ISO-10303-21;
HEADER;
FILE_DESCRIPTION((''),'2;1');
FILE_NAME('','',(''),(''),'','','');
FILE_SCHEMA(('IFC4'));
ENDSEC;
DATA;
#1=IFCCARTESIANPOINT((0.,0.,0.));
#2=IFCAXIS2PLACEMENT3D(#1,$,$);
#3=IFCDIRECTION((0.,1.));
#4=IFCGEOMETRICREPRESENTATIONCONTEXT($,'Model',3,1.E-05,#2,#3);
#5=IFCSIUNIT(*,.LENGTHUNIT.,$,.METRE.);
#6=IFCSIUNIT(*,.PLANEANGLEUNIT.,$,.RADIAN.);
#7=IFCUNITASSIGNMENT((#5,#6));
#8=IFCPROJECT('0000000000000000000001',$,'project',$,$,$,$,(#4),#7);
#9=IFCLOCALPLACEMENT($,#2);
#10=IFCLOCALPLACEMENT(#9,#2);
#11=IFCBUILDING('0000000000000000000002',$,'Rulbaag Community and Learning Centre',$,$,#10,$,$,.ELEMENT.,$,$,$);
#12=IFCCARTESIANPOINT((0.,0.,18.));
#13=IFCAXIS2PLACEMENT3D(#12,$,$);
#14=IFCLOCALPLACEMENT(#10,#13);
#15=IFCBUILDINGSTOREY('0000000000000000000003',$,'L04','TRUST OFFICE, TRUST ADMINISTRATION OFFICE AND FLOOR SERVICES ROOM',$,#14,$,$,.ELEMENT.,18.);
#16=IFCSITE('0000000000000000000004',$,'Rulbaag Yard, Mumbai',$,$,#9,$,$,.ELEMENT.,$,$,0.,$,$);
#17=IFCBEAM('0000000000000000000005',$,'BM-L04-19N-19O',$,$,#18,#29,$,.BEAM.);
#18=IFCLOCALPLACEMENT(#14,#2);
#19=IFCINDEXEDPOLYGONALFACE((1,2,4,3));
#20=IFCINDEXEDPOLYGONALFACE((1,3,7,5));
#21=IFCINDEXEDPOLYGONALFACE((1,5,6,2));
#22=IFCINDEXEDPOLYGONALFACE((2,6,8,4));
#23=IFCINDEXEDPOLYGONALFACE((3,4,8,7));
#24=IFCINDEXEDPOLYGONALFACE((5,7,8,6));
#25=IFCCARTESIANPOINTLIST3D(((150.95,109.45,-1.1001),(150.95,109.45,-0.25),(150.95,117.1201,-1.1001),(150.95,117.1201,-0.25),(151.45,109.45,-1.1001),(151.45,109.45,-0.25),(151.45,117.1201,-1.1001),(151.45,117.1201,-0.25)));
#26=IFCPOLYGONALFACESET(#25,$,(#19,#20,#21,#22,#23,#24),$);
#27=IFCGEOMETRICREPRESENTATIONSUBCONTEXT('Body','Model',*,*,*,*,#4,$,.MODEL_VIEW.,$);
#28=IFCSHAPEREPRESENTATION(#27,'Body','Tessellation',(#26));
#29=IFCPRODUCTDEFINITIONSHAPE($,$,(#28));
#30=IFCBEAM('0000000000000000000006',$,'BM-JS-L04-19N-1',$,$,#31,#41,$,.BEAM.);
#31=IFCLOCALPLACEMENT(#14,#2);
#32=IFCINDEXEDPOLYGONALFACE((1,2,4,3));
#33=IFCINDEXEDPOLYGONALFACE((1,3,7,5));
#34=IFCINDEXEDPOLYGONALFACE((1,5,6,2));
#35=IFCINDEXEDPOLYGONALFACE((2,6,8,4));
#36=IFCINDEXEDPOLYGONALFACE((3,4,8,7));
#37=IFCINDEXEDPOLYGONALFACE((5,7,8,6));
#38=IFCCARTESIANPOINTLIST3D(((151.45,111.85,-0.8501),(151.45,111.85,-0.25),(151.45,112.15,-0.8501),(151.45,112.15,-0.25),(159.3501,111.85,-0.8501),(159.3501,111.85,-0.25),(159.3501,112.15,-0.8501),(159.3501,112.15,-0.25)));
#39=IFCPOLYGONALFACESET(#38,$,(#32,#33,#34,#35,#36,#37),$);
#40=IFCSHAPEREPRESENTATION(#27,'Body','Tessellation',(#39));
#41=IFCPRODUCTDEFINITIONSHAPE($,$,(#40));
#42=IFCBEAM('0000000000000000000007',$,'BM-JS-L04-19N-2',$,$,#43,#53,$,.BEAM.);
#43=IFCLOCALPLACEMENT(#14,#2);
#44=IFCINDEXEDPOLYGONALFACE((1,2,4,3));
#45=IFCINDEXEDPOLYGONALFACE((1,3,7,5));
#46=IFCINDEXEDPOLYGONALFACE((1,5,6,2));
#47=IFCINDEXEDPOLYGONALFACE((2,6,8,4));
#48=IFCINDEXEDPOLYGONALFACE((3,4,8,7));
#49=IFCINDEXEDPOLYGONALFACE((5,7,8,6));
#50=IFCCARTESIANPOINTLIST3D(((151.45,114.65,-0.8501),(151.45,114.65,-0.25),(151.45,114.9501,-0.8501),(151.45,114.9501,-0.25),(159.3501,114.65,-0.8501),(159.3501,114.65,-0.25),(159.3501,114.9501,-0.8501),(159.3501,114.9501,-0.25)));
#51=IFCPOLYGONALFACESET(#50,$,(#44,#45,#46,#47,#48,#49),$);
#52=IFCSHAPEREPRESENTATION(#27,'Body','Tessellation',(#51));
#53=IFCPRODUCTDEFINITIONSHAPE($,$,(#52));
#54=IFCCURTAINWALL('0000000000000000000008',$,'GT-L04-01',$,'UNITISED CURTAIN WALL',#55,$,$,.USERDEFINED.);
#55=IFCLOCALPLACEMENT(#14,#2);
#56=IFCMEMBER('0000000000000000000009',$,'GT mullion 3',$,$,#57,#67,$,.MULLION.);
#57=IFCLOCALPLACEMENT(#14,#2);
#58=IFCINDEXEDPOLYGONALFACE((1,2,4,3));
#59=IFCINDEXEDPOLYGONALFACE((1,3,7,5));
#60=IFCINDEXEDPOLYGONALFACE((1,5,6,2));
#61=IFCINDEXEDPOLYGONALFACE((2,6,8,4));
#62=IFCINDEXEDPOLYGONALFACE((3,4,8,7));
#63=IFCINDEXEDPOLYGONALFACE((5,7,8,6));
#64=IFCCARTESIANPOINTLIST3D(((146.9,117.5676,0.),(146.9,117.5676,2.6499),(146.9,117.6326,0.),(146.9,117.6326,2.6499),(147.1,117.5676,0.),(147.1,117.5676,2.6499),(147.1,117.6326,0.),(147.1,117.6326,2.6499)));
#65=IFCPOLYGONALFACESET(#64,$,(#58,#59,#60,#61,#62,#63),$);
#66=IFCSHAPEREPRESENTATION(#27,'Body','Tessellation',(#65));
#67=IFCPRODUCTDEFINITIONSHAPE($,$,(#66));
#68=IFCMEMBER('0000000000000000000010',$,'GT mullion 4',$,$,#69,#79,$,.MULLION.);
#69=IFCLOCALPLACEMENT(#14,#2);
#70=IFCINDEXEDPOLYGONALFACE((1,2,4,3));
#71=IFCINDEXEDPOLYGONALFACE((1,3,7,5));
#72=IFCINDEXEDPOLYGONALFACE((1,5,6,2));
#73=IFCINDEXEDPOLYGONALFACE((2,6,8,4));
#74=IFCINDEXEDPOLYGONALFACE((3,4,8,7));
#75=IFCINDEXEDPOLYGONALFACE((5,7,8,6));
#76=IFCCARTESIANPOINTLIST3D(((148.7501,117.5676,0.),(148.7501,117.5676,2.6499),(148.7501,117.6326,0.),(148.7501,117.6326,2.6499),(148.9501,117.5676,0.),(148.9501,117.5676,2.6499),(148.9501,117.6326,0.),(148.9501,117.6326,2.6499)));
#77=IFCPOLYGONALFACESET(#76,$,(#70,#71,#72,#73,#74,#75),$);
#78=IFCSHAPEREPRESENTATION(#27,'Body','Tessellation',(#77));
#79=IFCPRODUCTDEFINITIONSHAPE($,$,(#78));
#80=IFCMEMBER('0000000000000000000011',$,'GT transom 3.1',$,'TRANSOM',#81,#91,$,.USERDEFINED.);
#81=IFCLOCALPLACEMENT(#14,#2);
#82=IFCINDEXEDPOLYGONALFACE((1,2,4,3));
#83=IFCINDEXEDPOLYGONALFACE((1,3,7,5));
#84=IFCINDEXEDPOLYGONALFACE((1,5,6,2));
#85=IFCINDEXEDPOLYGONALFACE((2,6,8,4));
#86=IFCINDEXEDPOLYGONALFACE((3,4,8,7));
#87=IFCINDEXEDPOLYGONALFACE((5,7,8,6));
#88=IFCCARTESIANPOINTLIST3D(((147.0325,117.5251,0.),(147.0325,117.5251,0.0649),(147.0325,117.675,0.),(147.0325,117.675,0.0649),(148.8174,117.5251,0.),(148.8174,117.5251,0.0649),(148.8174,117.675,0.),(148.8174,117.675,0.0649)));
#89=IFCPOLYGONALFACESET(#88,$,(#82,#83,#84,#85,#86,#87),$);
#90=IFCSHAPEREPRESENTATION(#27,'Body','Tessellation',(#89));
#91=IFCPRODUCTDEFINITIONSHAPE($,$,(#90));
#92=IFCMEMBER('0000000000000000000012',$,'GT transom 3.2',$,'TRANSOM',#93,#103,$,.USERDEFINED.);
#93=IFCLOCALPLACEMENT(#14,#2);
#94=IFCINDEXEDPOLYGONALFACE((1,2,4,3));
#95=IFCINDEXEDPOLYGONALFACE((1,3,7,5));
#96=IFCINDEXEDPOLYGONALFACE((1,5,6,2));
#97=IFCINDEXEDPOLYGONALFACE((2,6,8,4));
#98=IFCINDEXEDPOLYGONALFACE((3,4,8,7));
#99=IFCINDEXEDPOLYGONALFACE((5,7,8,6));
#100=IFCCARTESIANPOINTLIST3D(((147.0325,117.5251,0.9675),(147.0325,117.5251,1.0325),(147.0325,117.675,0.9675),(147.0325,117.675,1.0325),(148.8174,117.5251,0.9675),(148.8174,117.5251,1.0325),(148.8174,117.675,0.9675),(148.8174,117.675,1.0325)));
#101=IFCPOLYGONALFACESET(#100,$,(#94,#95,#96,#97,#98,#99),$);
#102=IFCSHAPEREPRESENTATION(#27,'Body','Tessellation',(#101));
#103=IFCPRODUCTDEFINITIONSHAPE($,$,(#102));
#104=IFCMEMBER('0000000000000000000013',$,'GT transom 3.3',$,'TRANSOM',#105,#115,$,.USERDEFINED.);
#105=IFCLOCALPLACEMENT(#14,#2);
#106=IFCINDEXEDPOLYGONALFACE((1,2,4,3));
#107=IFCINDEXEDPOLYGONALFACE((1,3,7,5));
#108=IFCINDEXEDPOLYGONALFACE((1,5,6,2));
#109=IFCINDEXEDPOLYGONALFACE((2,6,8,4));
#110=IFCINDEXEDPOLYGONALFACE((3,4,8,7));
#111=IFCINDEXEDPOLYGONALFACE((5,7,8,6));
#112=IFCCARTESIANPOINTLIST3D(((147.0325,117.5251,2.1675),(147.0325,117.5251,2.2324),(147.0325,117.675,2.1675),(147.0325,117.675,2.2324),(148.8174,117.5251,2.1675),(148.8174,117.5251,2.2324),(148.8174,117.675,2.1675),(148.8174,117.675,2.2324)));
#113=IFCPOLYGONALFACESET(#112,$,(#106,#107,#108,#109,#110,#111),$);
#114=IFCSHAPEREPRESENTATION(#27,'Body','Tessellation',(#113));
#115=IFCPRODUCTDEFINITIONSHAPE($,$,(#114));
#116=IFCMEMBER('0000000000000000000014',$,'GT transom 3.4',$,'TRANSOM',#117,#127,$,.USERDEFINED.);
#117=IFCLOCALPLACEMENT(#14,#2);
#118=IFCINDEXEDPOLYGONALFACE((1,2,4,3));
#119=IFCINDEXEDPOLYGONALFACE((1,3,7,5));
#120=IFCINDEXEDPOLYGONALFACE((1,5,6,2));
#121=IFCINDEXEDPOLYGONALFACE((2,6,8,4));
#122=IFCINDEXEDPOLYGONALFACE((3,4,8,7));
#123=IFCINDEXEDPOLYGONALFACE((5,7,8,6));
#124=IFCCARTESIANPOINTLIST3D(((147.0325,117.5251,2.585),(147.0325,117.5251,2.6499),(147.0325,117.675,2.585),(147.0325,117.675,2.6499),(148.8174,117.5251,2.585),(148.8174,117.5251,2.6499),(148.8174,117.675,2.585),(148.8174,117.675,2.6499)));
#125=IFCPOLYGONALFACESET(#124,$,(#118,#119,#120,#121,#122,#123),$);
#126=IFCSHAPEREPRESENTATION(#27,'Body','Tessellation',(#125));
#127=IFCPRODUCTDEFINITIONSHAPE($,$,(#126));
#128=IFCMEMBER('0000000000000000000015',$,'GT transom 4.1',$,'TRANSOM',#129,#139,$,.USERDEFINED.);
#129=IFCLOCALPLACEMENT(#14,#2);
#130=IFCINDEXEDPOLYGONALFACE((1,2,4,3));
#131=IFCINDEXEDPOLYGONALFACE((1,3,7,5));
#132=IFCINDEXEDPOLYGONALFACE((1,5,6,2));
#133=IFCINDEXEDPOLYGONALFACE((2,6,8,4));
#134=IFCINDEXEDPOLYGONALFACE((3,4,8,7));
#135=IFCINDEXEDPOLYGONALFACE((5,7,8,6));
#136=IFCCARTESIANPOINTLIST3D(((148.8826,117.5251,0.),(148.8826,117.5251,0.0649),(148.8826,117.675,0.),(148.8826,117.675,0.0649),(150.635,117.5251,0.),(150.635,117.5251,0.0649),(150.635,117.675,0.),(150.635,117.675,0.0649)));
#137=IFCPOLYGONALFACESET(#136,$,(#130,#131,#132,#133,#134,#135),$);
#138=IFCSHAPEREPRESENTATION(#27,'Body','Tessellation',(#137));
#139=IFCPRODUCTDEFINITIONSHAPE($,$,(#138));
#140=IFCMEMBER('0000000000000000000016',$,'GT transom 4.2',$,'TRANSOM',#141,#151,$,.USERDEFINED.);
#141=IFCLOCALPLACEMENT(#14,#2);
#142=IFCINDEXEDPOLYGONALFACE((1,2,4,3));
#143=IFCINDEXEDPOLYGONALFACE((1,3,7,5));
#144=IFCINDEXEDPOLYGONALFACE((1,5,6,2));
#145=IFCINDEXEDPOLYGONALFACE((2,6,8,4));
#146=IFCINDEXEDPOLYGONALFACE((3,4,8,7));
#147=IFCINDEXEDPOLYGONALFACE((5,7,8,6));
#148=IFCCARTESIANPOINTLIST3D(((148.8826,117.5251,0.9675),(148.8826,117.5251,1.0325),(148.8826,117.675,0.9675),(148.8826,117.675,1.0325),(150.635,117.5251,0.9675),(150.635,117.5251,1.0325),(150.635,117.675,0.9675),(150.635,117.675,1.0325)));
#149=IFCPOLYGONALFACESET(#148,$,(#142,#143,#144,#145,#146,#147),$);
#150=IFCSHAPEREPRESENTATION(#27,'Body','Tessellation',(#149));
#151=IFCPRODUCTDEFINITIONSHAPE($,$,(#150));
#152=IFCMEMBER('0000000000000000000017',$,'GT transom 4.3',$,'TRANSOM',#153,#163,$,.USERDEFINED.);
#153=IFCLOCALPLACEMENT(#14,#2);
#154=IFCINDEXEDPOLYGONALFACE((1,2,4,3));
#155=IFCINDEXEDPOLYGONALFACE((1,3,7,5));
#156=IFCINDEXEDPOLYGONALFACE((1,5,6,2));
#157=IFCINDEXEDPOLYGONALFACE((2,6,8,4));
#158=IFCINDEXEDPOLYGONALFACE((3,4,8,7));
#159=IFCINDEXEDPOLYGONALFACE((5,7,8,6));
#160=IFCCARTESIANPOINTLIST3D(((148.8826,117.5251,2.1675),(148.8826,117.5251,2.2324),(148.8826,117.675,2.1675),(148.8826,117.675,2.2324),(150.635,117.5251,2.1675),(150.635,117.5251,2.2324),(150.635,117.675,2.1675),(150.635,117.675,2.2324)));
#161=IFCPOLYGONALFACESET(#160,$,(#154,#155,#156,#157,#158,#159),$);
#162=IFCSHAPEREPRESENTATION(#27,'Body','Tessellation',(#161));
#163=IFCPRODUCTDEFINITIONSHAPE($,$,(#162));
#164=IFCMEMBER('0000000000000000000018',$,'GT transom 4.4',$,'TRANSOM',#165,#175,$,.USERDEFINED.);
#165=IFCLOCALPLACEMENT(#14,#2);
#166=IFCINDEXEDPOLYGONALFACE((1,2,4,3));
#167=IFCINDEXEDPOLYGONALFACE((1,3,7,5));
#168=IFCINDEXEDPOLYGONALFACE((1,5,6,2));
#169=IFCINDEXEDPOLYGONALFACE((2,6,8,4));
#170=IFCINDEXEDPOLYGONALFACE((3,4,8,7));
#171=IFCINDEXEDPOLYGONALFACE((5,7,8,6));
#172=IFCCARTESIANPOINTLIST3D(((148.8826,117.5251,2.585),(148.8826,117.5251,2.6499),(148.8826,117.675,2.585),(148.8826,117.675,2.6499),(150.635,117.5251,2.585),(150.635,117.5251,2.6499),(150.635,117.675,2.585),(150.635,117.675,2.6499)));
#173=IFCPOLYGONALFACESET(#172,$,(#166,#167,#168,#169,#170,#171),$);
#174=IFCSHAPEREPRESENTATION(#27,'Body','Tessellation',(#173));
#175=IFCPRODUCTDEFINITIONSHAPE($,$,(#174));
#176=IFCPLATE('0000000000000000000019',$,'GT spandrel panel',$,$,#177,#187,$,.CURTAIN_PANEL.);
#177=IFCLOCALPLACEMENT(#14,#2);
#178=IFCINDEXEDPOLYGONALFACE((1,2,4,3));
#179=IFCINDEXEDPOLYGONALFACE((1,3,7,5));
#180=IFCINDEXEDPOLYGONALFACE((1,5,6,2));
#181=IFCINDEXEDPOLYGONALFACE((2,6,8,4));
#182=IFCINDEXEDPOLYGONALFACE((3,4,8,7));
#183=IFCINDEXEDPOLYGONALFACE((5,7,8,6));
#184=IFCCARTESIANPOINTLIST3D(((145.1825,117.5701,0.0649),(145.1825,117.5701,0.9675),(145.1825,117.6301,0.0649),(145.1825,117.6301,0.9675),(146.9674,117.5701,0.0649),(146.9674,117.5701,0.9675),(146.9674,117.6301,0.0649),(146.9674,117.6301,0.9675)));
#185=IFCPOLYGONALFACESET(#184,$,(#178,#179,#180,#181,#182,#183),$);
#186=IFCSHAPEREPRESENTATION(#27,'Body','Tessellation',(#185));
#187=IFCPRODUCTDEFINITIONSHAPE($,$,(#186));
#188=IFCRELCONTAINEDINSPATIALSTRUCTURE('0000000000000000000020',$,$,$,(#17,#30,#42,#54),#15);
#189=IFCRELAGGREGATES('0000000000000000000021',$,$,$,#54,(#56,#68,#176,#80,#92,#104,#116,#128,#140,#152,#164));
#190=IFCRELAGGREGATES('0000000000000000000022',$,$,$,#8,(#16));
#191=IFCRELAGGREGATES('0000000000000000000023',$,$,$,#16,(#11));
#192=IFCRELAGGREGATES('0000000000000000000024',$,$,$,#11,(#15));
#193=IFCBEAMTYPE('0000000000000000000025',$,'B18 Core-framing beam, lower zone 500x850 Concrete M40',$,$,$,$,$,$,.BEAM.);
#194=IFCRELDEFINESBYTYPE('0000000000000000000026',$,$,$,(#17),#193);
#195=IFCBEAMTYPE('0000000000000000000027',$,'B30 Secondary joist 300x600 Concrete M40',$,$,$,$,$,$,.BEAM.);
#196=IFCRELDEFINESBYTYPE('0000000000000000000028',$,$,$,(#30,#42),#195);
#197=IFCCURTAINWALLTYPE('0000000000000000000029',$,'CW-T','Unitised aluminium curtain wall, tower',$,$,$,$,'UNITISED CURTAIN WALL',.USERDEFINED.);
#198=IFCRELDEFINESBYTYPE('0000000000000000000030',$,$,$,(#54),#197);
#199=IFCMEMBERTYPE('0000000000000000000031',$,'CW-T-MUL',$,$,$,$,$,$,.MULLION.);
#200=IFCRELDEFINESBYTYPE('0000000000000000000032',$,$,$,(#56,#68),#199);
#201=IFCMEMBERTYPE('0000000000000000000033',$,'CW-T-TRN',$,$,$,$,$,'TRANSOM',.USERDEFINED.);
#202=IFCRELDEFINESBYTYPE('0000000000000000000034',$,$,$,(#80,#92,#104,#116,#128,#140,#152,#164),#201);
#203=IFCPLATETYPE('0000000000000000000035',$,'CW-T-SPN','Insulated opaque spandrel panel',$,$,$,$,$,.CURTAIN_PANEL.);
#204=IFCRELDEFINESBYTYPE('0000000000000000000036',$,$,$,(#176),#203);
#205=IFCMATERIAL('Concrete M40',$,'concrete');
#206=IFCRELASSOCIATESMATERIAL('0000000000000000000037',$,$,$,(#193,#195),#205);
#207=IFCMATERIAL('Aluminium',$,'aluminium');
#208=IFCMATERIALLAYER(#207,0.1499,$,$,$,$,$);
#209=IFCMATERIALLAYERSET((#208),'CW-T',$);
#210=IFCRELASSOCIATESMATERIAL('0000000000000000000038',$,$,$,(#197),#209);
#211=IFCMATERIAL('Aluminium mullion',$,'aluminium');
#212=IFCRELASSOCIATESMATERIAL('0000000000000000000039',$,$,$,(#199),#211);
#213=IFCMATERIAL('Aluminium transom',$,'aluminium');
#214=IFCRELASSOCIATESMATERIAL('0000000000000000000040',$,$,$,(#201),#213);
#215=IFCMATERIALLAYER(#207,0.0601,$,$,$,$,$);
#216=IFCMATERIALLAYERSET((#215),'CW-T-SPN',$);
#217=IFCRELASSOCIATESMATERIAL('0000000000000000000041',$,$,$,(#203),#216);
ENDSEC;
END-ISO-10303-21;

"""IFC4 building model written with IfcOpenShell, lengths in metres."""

from ifc_helpers import new_model, si_unit, direction, frame, origin, origin_2d, place, context, subcontext, project, spatial, rectangle, extrude, material, layer, layer_set, material_profile, profile_set, type_object, element, aggregate, save


model = new_model("IFC4")

# Units and contexts
model_context = context("Model", 3, precision=1e-05, world=origin(), true_north=direction((0.0, 1.0)))
body_context = subcontext(model_context, "Body", "Model", "MODEL_VIEW")
ifc_project = project(units=[si_unit("LENGTHUNIT", "METRE"), si_unit("PLANEANGLEUNIT", "RADIAN")], contexts=[model_context])

# Site, building, storey
site_placement = place(None, origin())
site = spatial("IfcSite", under=ifc_project, at=site_placement, Name="Rulbaag Yard, Mumbai", CompositionType="ELEMENT", RefElevation=0.0)
building_placement = place(site_placement, origin())
building = spatial("IfcBuilding", under=site, at=building_placement, Name="Rulbaag Community and Learning Centre", CompositionType="ELEMENT")
storey_placement = place(building_placement, frame((0.0, 0.0, 18.0)))
storey = spatial("IfcBuildingStorey", under=building, at=storey_placement, Name="L04", Description="TRUST OFFICE, TRUST ADMINISTRATION OFFICE AND FLOOR SERVICES ROOM", CompositionType="ELEMENT", Elevation=18.0)

# Beams
ifc_material_1 = material(Name="Concrete M40", Category="concrete")
ifc_material_profile_1 = material_profile(ifc_material_1, rectangle(XDim=0.5, YDim=0.8501, at=origin_2d()), Name="RB500x850")
ifc_profile_set_1 = profile_set([ifc_material_profile_1], Name="Concrete M40")
beam_type_1 = type_object("IfcBeamType", Name="B18 Core-framing beam, lower zone 500x850 Concrete M40", PredefinedType="BEAM", material=ifc_profile_set_1)
beam_placement = place(storey_placement, frame((151.2, 109.45, -0.675), z_axis=(0.0, 1.0, 0.0), x_axis=(-1.0, 0.0, 0.0)))
element("IfcBeam", 1, at=beam_placement, inside=storey, type_object=beam_type_1, Name="BM-L04-19N-19O", PredefinedType="BEAM", context=body_context, shape_type="SweptSolid", body=[
    extrude(rectangle(XDim=0.5, YDim=0.8501, at=origin_2d()), origin(), (0.0, 0.0, 1.0), 7.6702),
])
ifc_material_profile_2 = material_profile(ifc_material_1, rectangle(XDim=0.3, YDim=0.6001, at=origin_2d()), Name="RB300x600")
ifc_profile_set_2 = profile_set([ifc_material_profile_2], Name="Concrete M40")
beam_type_2 = type_object("IfcBeamType", Name="B30 Secondary joist 300x600 Concrete M40", PredefinedType="BEAM", material=ifc_profile_set_2)
for number, where, z_axis, x_axis, name in (
    (2, (151.45, 112.0, -0.55), (1.0, 0.0, 0.0), (0.0, 1.0, 0.0), "BM-JS-L04-19N-1"),
    (3, (151.45, 114.8, -0.55), (1.0, 0.0, 0.0), (0.0, 1.0, 0.0), "BM-JS-L04-19N-2"),
):
    element("IfcBeam", number, at=place(storey_placement, frame(where, z_axis=z_axis, x_axis=x_axis)), inside=storey, type_object=beam_type_2, Name=name, PredefinedType="BEAM", context=body_context, shape_type="SweptSolid", body=[
        extrude(rectangle(XDim=0.3, YDim=0.6001, at=origin_2d()), origin(), (0.0, 0.0, 1.0), 7.9001),
    ])

# Curtain wall, members, plate
ifc_material_2 = material(Name="Aluminium", Category="aluminium")
ifc_layer_1 = layer(ifc_material_2, 0.1499)
ifc_layer_set_1 = layer_set([ifc_layer_1], Name="CW-T")
curtain_wall_type = type_object("IfcCurtainWallType", Name="CW-T", Description="Unitised aluminium curtain wall, tower", ElementType="UNITISED CURTAIN WALL", PredefinedType="USERDEFINED", material=ifc_layer_set_1)
curtain_wall_placement = place(storey_placement, origin())
curtain_wall = element("IfcCurtainWall", 4, at=curtain_wall_placement, inside=storey, type_object=curtain_wall_type, Name="GT-L04-01", ObjectType="UNITISED CURTAIN WALL", PredefinedType="USERDEFINED")
ifc_material_3 = material(Name="Aluminium mullion", Category="aluminium")
ifc_material_profile_3 = material_profile(ifc_material_3, rectangle(XDim=0.0649, YDim=0.2, at=origin_2d()), Name="AL 65x200")
ifc_profile_set_3 = profile_set([ifc_material_profile_3], Name="Aluminium mullion")
member_type_1 = type_object("IfcMemberType", Name="CW-T-MUL", PredefinedType="MULLION", material=ifc_profile_set_3)
member_1_placement = place(storey_placement, frame((147.0, 117.6001, 0.0), z_axis=(0.0, 0.0, 1.0), x_axis=(0.0, 1.0, 0.0)))
member_1 = element("IfcMember", 5, at=member_1_placement, type_object=member_type_1, Name="GT mullion 3", PredefinedType="MULLION", context=body_context, shape_type="SweptSolid", body=[
    extrude(rectangle(XDim=0.0649, YDim=0.2, at=origin_2d()), origin(), (0.0, 0.0, 1.0), 2.6499),
])
member_2_placement = place(storey_placement, frame((148.8501, 117.6001, 0.0), z_axis=(0.0, 0.0, 1.0), x_axis=(0.0, 1.0, 0.0)))
member_2 = element("IfcMember", 6, at=member_2_placement, type_object=member_type_1, Name="GT mullion 4", PredefinedType="MULLION", context=body_context, shape_type="SweptSolid", body=[
    extrude(rectangle(XDim=0.0649, YDim=0.2, at=origin_2d()), origin(), (0.0, 0.0, 1.0), 2.6499),
])
ifc_material_4 = material(Name="Aluminium transom", Category="aluminium")
ifc_material_profile_4 = material_profile(ifc_material_4, rectangle(XDim=0.1499, YDim=0.0649, at=origin_2d()), Name="AL 65x150 T")
ifc_profile_set_4 = profile_set([ifc_material_profile_4], Name="Aluminium transom")
member_type_2 = type_object("IfcMemberType", Name="CW-T-TRN", ElementType="TRANSOM", PredefinedType="USERDEFINED", material=ifc_profile_set_4)
member_3_placement = place(storey_placement, frame((147.0325, 117.6001, 0.0325), z_axis=(1.0, 0.0, 0.0), x_axis=(0.0, 1.0, 0.0)))
member_3 = element("IfcMember", 7, at=member_3_placement, type_object=member_type_2, Name="GT transom 3.1", ObjectType="TRANSOM", PredefinedType="USERDEFINED", context=body_context, shape_type="SweptSolid", body=[
    extrude(rectangle(XDim=0.1499, YDim=0.0649, at=origin_2d()), origin(), (0.0, 0.0, 1.0), 1.7849),
])
member_4_placement = place(storey_placement, frame((147.0325, 117.6001, 1.0), z_axis=(1.0, 0.0, 0.0), x_axis=(0.0, 1.0, 0.0)))
member_4 = element("IfcMember", 8, at=member_4_placement, type_object=member_type_2, Name="GT transom 3.2", ObjectType="TRANSOM", PredefinedType="USERDEFINED", context=body_context, shape_type="SweptSolid", body=[
    extrude(rectangle(XDim=0.1499, YDim=0.0649, at=origin_2d()), origin(), (0.0, 0.0, 1.0), 1.7849),
])
member_5_placement = place(storey_placement, frame((147.0325, 117.6001, 2.2), z_axis=(1.0, 0.0, 0.0), x_axis=(0.0, 1.0, 0.0)))
member_5 = element("IfcMember", 9, at=member_5_placement, type_object=member_type_2, Name="GT transom 3.3", ObjectType="TRANSOM", PredefinedType="USERDEFINED", context=body_context, shape_type="SweptSolid", body=[
    extrude(rectangle(XDim=0.1499, YDim=0.0649, at=origin_2d()), origin(), (0.0, 0.0, 1.0), 1.7849),
])
member_6_placement = place(storey_placement, frame((147.0325, 117.6001, 2.6174), z_axis=(1.0, 0.0, 0.0), x_axis=(0.0, 1.0, 0.0)))
member_6 = element("IfcMember", 10, at=member_6_placement, type_object=member_type_2, Name="GT transom 3.4", ObjectType="TRANSOM", PredefinedType="USERDEFINED", context=body_context, shape_type="SweptSolid", body=[
    extrude(rectangle(XDim=0.1499, YDim=0.0649, at=origin_2d()), origin(), (0.0, 0.0, 1.0), 1.7849),
])
member_7_placement = place(storey_placement, frame((148.8826, 117.6001, 0.0325), z_axis=(1.0, 0.0, 0.0), x_axis=(0.0, 1.0, 0.0)))
member_7 = element("IfcMember", 11, at=member_7_placement, type_object=member_type_2, Name="GT transom 4.1", ObjectType="TRANSOM", PredefinedType="USERDEFINED", context=body_context, shape_type="SweptSolid", body=[
    extrude(rectangle(XDim=0.1499, YDim=0.0649, at=origin_2d()), origin(), (0.0, 0.0, 1.0), 1.7524),
])
member_8_placement = place(storey_placement, frame((148.8826, 117.6001, 1.0), z_axis=(1.0, 0.0, 0.0), x_axis=(0.0, 1.0, 0.0)))
member_8 = element("IfcMember", 12, at=member_8_placement, type_object=member_type_2, Name="GT transom 4.2", ObjectType="TRANSOM", PredefinedType="USERDEFINED", context=body_context, shape_type="SweptSolid", body=[
    extrude(rectangle(XDim=0.1499, YDim=0.0649, at=origin_2d()), origin(), (0.0, 0.0, 1.0), 1.7524),
])
member_9_placement = place(storey_placement, frame((148.8826, 117.6001, 2.2), z_axis=(1.0, 0.0, 0.0), x_axis=(0.0, 1.0, 0.0)))
member_9 = element("IfcMember", 13, at=member_9_placement, type_object=member_type_2, Name="GT transom 4.3", ObjectType="TRANSOM", PredefinedType="USERDEFINED", context=body_context, shape_type="SweptSolid", body=[
    extrude(rectangle(XDim=0.1499, YDim=0.0649, at=origin_2d()), origin(), (0.0, 0.0, 1.0), 1.7524),
])
member_10_placement = place(storey_placement, frame((148.8826, 117.6001, 2.6174), z_axis=(1.0, 0.0, 0.0), x_axis=(0.0, 1.0, 0.0)))
member_10 = element("IfcMember", 14, at=member_10_placement, type_object=member_type_2, Name="GT transom 4.4", ObjectType="TRANSOM", PredefinedType="USERDEFINED", context=body_context, shape_type="SweptSolid", body=[
    extrude(rectangle(XDim=0.1499, YDim=0.0649, at=origin_2d()), origin(), (0.0, 0.0, 1.0), 1.7524),
])
ifc_layer_2 = layer(ifc_material_2, 0.0601)
ifc_layer_set_2 = layer_set([ifc_layer_2], Name="CW-T-SPN")
plate_type_1 = type_object("IfcPlateType", Name="CW-T-SPN", Description="Insulated opaque spandrel panel", PredefinedType="CURTAIN_PANEL", material=ifc_layer_set_2)
plate_1_placement = place(storey_placement, frame((146.075, 117.6001, 0.0649), z_axis=(0.0, 0.0, 1.0), x_axis=(1.0, 0.0, 0.0)))
plate_1 = element("IfcPlate", 15, at=plate_1_placement, type_object=plate_type_1, Name="GT spandrel panel", PredefinedType="CURTAIN_PANEL", context=body_context, shape_type="SweptSolid", body=[
    extrude(rectangle(XDim=1.7849, YDim=0.0601, at=origin_2d()), origin(), (0.0, 0.0, 1.0), 0.9026),
])
aggregate(curtain_wall, [member_1, member_2, plate_1, member_3, member_4, member_5, member_6, member_7, member_8, member_9, member_10])

save(model, "model.ifc")
